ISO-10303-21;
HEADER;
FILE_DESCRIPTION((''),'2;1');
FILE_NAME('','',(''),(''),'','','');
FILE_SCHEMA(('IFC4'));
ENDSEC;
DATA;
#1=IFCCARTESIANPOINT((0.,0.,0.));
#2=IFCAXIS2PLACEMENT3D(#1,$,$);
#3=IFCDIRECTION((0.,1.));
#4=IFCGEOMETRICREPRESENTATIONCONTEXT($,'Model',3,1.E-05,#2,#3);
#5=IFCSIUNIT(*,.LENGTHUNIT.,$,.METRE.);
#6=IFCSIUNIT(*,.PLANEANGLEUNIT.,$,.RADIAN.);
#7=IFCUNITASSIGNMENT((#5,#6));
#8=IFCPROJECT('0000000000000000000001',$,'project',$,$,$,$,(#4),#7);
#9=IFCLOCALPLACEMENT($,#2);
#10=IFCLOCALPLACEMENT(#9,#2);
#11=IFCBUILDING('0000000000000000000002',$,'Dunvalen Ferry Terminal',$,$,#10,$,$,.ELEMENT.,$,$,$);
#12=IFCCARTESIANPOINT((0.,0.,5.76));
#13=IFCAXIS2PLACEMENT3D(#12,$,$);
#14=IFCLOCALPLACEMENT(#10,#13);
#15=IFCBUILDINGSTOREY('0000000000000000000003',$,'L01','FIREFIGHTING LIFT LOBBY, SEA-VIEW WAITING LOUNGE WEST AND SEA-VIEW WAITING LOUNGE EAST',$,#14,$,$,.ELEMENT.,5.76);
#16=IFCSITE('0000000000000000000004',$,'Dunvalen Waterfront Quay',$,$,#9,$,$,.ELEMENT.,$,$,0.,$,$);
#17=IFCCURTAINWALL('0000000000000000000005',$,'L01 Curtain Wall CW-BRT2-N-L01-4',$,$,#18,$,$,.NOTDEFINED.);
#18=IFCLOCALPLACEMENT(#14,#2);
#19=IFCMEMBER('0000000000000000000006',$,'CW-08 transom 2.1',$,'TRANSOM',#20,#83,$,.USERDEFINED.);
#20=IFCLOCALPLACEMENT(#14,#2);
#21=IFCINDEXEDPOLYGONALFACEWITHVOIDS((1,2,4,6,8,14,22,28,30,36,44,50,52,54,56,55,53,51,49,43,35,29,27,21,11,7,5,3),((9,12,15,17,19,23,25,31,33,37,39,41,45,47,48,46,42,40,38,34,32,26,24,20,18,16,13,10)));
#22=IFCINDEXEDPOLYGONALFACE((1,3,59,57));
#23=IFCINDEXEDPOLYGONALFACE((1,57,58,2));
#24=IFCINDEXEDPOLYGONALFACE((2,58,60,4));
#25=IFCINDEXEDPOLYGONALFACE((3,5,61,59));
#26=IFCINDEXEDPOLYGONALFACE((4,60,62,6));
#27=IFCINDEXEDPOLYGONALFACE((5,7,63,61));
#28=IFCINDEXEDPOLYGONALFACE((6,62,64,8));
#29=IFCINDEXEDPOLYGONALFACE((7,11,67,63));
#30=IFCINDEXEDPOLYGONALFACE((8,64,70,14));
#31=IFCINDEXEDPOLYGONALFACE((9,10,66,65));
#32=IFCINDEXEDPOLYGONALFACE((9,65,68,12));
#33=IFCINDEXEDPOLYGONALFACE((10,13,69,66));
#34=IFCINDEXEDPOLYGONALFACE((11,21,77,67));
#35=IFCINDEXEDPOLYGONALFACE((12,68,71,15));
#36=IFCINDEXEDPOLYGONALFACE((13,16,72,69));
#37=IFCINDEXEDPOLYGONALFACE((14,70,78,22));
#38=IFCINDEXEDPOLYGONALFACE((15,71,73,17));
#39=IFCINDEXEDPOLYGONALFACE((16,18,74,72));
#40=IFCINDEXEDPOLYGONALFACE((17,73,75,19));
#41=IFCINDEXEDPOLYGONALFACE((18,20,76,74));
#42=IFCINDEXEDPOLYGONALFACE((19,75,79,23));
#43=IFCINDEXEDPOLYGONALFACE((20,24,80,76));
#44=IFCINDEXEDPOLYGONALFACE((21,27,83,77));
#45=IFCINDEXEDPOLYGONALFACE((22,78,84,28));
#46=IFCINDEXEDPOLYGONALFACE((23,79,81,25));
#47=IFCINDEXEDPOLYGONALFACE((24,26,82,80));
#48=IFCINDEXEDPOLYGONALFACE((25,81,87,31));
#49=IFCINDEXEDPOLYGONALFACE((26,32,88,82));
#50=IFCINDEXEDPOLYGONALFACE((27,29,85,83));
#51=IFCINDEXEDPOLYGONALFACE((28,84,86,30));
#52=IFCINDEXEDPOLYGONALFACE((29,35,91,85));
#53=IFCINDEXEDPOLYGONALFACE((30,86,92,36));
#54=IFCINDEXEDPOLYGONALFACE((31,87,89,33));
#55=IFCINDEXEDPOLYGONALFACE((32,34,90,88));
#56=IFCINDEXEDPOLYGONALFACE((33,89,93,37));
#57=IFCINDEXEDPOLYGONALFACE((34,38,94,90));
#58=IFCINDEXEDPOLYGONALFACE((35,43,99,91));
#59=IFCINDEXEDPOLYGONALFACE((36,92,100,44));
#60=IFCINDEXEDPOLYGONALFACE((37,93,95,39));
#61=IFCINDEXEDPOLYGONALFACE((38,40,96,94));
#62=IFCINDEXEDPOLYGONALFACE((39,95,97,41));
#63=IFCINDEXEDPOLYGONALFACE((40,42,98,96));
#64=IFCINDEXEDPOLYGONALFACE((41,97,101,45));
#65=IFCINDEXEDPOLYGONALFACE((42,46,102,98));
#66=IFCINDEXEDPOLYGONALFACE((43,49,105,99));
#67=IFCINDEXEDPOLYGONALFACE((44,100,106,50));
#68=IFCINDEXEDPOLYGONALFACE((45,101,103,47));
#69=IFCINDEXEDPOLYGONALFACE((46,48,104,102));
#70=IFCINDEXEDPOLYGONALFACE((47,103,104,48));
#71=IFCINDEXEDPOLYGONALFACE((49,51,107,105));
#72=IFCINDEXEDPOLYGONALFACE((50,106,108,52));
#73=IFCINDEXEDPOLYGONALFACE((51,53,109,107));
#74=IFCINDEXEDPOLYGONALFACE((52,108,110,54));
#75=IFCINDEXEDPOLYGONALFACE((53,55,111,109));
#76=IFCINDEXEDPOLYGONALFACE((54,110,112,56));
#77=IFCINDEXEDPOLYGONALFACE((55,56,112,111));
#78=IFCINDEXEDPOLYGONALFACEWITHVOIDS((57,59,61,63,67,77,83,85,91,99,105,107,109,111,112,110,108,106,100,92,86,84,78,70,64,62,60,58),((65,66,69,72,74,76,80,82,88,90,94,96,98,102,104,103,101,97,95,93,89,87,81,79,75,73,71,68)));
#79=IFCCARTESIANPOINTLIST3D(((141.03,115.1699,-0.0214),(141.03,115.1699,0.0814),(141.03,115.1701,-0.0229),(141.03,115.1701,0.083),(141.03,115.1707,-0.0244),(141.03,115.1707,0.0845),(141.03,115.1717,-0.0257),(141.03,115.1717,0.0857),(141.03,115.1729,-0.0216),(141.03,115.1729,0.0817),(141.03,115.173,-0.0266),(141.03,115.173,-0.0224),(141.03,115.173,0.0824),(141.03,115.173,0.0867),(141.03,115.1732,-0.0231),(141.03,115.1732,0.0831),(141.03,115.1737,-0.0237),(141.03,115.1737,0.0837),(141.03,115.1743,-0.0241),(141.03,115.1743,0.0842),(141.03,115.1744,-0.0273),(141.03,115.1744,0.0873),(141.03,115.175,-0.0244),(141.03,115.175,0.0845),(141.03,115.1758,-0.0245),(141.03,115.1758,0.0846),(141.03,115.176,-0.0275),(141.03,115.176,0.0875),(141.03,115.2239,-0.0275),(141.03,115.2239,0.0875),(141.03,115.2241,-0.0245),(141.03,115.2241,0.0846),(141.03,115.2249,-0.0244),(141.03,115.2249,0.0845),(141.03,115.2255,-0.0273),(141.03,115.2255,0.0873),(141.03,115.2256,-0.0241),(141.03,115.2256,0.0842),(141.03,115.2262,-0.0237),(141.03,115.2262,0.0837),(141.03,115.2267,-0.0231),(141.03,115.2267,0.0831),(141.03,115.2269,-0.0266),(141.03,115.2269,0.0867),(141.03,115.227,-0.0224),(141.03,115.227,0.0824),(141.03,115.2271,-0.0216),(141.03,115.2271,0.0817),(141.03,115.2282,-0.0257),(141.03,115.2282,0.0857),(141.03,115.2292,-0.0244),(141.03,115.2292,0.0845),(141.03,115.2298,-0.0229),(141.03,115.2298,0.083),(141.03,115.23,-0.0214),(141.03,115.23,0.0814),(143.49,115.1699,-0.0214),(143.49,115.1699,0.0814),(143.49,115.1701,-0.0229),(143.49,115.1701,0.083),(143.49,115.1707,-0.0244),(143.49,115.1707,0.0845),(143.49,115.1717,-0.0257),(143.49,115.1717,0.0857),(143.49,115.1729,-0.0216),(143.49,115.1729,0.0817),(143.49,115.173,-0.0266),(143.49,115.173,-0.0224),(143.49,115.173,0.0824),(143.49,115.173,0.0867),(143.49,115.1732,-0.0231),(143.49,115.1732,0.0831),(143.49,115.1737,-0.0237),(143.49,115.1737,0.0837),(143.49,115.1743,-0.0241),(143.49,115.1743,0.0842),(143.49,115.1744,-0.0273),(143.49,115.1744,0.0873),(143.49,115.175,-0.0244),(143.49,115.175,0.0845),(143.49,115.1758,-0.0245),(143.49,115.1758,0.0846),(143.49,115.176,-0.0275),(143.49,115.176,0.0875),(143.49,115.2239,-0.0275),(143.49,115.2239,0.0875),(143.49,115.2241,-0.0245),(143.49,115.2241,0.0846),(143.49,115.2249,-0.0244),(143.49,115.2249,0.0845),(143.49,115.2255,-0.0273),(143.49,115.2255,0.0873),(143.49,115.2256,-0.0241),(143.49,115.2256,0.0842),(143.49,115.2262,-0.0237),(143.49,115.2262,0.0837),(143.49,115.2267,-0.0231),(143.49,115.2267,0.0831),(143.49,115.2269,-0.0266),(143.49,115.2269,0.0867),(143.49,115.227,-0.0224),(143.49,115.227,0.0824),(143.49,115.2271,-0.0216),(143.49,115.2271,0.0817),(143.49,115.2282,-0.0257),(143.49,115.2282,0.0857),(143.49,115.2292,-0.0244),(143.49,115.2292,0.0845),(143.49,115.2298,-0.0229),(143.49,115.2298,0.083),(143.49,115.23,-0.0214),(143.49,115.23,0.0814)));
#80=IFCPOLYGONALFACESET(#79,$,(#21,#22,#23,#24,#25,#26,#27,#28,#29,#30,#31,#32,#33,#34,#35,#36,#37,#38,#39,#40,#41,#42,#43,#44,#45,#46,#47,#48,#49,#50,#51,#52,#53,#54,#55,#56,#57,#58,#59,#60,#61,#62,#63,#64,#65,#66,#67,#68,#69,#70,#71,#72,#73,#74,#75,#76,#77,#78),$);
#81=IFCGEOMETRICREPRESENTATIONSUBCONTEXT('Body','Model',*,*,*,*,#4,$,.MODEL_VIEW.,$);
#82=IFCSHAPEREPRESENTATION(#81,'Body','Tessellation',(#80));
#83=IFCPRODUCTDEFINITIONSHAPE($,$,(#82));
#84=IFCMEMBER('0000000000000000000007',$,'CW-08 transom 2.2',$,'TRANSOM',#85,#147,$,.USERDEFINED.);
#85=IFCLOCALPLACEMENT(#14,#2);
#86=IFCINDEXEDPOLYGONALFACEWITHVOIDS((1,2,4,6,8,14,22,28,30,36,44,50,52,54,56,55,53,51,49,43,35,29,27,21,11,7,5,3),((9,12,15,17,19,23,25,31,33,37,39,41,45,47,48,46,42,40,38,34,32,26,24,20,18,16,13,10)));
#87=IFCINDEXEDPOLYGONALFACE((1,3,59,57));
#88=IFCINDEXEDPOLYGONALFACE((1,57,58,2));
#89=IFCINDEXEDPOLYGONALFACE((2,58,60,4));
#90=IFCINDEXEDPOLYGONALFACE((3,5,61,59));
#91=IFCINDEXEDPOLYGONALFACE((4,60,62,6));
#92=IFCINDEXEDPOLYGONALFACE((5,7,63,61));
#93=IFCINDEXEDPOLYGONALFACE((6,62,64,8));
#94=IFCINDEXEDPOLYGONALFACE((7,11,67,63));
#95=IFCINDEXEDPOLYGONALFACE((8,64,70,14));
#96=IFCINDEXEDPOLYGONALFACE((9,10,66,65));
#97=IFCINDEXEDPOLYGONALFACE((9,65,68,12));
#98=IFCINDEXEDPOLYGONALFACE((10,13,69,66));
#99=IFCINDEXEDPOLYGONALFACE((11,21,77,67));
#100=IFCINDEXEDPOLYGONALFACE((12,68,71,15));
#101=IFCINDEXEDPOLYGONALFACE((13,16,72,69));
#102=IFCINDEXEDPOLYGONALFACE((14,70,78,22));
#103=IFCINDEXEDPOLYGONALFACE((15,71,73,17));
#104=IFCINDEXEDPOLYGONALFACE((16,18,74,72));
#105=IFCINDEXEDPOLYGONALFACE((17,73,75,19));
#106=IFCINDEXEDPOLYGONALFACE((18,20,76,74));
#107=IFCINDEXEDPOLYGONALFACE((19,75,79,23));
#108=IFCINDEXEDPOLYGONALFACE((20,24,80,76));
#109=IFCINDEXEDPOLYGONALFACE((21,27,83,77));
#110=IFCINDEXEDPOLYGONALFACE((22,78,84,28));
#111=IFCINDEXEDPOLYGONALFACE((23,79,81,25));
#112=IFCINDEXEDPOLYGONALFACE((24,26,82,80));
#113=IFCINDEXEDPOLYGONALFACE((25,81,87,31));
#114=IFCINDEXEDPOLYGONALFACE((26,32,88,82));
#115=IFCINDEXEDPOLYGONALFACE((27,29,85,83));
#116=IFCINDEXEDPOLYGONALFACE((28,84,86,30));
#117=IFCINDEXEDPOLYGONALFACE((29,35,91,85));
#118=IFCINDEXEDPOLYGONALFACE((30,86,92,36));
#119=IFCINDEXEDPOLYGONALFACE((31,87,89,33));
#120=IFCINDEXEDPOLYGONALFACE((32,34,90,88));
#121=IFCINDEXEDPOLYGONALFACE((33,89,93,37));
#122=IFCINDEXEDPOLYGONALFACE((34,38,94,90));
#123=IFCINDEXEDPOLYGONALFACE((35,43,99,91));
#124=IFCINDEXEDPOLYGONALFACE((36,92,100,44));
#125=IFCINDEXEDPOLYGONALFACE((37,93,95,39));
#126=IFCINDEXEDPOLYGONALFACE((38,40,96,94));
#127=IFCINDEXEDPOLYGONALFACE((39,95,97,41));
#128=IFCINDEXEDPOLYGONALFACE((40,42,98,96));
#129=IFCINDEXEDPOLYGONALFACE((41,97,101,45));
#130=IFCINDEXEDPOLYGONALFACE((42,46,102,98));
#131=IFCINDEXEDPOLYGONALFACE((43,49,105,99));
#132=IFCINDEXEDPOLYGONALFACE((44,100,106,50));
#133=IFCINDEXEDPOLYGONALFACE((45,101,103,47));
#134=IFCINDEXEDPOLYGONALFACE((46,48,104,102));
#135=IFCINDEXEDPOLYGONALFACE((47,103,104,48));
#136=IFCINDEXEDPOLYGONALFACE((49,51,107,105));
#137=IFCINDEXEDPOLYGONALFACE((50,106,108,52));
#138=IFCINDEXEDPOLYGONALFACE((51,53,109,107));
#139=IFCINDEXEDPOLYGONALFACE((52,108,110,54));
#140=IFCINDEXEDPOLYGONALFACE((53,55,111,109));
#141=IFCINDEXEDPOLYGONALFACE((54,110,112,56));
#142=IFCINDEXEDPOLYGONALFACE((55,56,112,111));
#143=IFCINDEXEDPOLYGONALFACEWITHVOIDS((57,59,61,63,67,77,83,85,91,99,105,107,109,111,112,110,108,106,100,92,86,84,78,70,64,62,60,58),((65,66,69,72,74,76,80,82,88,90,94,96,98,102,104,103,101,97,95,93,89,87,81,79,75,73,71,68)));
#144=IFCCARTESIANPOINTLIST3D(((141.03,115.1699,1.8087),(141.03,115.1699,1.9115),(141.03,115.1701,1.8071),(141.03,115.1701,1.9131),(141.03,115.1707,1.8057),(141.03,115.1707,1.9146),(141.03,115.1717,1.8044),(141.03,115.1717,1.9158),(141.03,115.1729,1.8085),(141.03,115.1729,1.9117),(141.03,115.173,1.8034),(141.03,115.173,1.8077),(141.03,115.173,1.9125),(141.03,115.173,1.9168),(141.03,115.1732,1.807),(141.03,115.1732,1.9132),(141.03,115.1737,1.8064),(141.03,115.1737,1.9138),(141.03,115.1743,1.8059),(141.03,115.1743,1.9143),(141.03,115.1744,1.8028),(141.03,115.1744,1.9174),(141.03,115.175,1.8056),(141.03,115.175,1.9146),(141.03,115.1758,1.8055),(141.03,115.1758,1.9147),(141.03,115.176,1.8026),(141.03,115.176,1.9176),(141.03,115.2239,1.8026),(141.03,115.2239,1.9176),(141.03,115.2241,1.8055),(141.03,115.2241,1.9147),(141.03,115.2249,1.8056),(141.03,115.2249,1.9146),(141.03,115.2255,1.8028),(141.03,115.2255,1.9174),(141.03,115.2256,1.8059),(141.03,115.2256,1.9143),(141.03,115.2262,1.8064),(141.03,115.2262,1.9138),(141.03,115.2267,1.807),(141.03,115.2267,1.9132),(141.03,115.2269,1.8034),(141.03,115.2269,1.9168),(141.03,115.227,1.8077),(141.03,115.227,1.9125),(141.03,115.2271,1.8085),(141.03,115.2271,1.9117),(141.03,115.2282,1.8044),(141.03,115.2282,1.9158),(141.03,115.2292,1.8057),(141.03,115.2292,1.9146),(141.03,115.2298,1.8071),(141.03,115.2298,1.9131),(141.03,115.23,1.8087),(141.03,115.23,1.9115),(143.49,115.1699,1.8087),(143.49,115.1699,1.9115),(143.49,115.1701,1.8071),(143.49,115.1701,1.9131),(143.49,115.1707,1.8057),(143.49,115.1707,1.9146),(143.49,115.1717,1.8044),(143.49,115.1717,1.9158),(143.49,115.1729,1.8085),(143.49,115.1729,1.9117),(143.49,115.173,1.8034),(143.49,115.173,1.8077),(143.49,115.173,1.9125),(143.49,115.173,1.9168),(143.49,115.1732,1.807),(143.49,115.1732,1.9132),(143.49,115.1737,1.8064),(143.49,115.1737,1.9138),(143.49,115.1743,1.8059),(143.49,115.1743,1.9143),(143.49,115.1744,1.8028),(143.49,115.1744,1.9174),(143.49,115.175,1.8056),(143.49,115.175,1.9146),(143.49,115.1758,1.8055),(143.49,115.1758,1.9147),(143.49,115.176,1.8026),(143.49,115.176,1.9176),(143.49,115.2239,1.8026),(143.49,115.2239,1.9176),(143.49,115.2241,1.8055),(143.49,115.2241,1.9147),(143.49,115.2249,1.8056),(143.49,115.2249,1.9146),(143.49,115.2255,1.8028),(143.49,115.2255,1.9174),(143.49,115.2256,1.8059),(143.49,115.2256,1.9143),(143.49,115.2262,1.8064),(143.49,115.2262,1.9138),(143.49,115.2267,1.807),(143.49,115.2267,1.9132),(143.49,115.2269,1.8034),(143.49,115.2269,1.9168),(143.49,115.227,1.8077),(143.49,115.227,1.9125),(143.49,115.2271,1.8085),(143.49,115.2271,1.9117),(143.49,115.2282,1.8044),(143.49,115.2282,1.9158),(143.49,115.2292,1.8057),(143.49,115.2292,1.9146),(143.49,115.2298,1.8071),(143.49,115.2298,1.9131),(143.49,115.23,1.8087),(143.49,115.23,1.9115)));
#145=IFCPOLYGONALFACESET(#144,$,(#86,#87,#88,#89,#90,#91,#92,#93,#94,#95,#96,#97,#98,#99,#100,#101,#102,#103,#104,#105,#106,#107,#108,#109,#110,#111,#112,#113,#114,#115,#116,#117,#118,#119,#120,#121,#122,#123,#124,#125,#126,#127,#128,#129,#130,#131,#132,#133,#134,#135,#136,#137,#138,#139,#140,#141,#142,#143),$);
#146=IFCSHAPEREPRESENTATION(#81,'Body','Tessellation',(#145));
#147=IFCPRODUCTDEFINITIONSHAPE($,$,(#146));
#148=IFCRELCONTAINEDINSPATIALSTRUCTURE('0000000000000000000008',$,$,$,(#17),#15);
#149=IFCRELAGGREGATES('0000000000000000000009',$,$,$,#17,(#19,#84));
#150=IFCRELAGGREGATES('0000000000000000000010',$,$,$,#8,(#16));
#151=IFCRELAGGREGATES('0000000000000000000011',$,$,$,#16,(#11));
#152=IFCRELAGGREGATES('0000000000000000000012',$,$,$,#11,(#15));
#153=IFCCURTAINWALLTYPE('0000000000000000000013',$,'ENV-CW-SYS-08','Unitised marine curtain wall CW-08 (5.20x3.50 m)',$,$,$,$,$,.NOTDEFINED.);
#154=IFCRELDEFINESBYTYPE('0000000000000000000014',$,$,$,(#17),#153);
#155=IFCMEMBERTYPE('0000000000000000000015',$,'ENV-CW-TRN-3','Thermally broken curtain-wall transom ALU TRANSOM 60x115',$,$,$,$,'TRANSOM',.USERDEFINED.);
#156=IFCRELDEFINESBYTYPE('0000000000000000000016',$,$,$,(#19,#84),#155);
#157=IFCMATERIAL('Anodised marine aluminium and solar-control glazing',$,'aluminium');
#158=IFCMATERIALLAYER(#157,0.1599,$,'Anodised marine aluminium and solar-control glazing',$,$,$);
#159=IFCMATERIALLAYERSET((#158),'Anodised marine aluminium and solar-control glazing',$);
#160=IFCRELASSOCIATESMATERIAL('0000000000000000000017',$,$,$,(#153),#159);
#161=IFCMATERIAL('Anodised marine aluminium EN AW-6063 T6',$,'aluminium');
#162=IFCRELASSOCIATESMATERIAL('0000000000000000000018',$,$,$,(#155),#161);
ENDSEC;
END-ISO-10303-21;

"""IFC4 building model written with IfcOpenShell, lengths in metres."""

from ifc_helpers import new_model, si_unit, direction, frame, origin, origin_2d, place, context, subcontext, project, spatial, hollow_rectangle, extrude, material, layer, layer_set, material_profile, profile_set, type_object, element, aggregate, save


model = new_model("IFC4")

# Units and contexts
model_context = context("Model", 3, precision=1e-05, world=origin(), true_north=direction((0.0, 1.0)))
body_context = subcontext(model_context, "Body", "Model", "MODEL_VIEW")
ifc_project = project(units=[si_unit("LENGTHUNIT", "METRE"), si_unit("PLANEANGLEUNIT", "RADIAN")], contexts=[model_context])

# Site, building, storey
site_placement = place(None, origin())
site = spatial("IfcSite", under=ifc_project, at=site_placement, Name="Dunvalen Waterfront Quay", CompositionType="ELEMENT", RefElevation=0.0)
building_placement = place(site_placement, origin())
building = spatial("IfcBuilding", under=site, at=building_placement, Name="Dunvalen Ferry Terminal", CompositionType="ELEMENT")
storey_placement = place(building_placement, frame((0.0, 0.0, 5.76)))
storey = spatial("IfcBuildingStorey", under=building, at=storey_placement, Name="L01", Description="FIREFIGHTING LIFT LOBBY, SEA-VIEW WAITING LOUNGE WEST AND SEA-VIEW WAITING LOUNGE EAST", CompositionType="ELEMENT", Elevation=5.76)

# Curtain wall
ifc_material_1 = material(Name="Anodised marine aluminium and solar-control glazing", Category="aluminium")
ifc_material_2 = material(Name="Anodised marine aluminium EN AW-6063 T6", Category="aluminium")
ifc_layer_1 = layer(ifc_material_1, 0.1599, Name="Anodised marine aluminium and solar-control glazing")
ifc_layer_set_1 = layer_set([ifc_layer_1], Name="Anodised marine aluminium and solar-control glazing")
curtain_wall_type_1 = type_object("IfcCurtainWallType", Name="ENV-CW-SYS-08", Description="Unitised marine curtain wall CW-08 (5.20x3.50 m)", PredefinedType="NOTDEFINED", material=ifc_layer_set_1)
curtain_wall_1_placement = place(storey_placement, origin())
curtain_wall_1 = element("IfcCurtainWall", 1, at=curtain_wall_1_placement, inside=storey, type_object=curtain_wall_type_1, Name="L01 Curtain Wall CW-BRT2-N-L01-4", PredefinedType="NOTDEFINED")

# Members
ifc_material_profile_1 = material_profile(ifc_material_2, hollow_rectangle(XDim=0.0601, YDim=0.115, WallThickness=0.0029, InnerFilletRadius=0.0029, OuterFilletRadius=0.0061, at=origin_2d()), Name="Anodised marine aluminium EN AW-6063 T6")
ifc_profile_set_1 = profile_set([ifc_material_profile_1], Name="Anodised marine aluminium EN AW-6063 T6")
member_type_1 = type_object("IfcMemberType", Name="ENV-CW-TRN-3", Description="Thermally broken curtain-wall transom ALU TRANSOM 60x115", ElementType="TRANSOM", PredefinedType="USERDEFINED", material=ifc_profile_set_1)
member_1_placement = place(storey_placement, frame((141.03, 115.2, 0.03), z_axis=(1.0, 0.0, 0.0), x_axis=(0.0, 1.0, 0.0)))
member_1 = element("IfcMember", 2, at=member_1_placement, type_object=member_type_1, Name="CW-08 transom 2.1", ObjectType="TRANSOM", PredefinedType="USERDEFINED", context=body_context, shape_type="SweptSolid", body=[
    extrude(hollow_rectangle(XDim=0.0601, YDim=0.115, WallThickness=0.0029, InnerFilletRadius=0.0029, OuterFilletRadius=0.0061, at=origin_2d()), origin(), (0.0, 0.0, 1.0), 2.46),
])
member_2_placement = place(storey_placement, frame((141.03, 115.2, 1.8601), z_axis=(1.0, 0.0, 0.0), x_axis=(0.0, 1.0, 0.0)))
member_2 = element("IfcMember", 3, at=member_2_placement, type_object=member_type_1, Name="CW-08 transom 2.2", ObjectType="TRANSOM", PredefinedType="USERDEFINED", context=body_context, shape_type="SweptSolid", body=[
    extrude(hollow_rectangle(XDim=0.0601, YDim=0.115, WallThickness=0.0029, InnerFilletRadius=0.0029, OuterFilletRadius=0.0061, at=origin_2d()), origin(), (0.0, 0.0, 1.0), 2.46),
])

aggregate(curtain_wall_1, [member_1, member_2])

save(model, "model.ifc")
